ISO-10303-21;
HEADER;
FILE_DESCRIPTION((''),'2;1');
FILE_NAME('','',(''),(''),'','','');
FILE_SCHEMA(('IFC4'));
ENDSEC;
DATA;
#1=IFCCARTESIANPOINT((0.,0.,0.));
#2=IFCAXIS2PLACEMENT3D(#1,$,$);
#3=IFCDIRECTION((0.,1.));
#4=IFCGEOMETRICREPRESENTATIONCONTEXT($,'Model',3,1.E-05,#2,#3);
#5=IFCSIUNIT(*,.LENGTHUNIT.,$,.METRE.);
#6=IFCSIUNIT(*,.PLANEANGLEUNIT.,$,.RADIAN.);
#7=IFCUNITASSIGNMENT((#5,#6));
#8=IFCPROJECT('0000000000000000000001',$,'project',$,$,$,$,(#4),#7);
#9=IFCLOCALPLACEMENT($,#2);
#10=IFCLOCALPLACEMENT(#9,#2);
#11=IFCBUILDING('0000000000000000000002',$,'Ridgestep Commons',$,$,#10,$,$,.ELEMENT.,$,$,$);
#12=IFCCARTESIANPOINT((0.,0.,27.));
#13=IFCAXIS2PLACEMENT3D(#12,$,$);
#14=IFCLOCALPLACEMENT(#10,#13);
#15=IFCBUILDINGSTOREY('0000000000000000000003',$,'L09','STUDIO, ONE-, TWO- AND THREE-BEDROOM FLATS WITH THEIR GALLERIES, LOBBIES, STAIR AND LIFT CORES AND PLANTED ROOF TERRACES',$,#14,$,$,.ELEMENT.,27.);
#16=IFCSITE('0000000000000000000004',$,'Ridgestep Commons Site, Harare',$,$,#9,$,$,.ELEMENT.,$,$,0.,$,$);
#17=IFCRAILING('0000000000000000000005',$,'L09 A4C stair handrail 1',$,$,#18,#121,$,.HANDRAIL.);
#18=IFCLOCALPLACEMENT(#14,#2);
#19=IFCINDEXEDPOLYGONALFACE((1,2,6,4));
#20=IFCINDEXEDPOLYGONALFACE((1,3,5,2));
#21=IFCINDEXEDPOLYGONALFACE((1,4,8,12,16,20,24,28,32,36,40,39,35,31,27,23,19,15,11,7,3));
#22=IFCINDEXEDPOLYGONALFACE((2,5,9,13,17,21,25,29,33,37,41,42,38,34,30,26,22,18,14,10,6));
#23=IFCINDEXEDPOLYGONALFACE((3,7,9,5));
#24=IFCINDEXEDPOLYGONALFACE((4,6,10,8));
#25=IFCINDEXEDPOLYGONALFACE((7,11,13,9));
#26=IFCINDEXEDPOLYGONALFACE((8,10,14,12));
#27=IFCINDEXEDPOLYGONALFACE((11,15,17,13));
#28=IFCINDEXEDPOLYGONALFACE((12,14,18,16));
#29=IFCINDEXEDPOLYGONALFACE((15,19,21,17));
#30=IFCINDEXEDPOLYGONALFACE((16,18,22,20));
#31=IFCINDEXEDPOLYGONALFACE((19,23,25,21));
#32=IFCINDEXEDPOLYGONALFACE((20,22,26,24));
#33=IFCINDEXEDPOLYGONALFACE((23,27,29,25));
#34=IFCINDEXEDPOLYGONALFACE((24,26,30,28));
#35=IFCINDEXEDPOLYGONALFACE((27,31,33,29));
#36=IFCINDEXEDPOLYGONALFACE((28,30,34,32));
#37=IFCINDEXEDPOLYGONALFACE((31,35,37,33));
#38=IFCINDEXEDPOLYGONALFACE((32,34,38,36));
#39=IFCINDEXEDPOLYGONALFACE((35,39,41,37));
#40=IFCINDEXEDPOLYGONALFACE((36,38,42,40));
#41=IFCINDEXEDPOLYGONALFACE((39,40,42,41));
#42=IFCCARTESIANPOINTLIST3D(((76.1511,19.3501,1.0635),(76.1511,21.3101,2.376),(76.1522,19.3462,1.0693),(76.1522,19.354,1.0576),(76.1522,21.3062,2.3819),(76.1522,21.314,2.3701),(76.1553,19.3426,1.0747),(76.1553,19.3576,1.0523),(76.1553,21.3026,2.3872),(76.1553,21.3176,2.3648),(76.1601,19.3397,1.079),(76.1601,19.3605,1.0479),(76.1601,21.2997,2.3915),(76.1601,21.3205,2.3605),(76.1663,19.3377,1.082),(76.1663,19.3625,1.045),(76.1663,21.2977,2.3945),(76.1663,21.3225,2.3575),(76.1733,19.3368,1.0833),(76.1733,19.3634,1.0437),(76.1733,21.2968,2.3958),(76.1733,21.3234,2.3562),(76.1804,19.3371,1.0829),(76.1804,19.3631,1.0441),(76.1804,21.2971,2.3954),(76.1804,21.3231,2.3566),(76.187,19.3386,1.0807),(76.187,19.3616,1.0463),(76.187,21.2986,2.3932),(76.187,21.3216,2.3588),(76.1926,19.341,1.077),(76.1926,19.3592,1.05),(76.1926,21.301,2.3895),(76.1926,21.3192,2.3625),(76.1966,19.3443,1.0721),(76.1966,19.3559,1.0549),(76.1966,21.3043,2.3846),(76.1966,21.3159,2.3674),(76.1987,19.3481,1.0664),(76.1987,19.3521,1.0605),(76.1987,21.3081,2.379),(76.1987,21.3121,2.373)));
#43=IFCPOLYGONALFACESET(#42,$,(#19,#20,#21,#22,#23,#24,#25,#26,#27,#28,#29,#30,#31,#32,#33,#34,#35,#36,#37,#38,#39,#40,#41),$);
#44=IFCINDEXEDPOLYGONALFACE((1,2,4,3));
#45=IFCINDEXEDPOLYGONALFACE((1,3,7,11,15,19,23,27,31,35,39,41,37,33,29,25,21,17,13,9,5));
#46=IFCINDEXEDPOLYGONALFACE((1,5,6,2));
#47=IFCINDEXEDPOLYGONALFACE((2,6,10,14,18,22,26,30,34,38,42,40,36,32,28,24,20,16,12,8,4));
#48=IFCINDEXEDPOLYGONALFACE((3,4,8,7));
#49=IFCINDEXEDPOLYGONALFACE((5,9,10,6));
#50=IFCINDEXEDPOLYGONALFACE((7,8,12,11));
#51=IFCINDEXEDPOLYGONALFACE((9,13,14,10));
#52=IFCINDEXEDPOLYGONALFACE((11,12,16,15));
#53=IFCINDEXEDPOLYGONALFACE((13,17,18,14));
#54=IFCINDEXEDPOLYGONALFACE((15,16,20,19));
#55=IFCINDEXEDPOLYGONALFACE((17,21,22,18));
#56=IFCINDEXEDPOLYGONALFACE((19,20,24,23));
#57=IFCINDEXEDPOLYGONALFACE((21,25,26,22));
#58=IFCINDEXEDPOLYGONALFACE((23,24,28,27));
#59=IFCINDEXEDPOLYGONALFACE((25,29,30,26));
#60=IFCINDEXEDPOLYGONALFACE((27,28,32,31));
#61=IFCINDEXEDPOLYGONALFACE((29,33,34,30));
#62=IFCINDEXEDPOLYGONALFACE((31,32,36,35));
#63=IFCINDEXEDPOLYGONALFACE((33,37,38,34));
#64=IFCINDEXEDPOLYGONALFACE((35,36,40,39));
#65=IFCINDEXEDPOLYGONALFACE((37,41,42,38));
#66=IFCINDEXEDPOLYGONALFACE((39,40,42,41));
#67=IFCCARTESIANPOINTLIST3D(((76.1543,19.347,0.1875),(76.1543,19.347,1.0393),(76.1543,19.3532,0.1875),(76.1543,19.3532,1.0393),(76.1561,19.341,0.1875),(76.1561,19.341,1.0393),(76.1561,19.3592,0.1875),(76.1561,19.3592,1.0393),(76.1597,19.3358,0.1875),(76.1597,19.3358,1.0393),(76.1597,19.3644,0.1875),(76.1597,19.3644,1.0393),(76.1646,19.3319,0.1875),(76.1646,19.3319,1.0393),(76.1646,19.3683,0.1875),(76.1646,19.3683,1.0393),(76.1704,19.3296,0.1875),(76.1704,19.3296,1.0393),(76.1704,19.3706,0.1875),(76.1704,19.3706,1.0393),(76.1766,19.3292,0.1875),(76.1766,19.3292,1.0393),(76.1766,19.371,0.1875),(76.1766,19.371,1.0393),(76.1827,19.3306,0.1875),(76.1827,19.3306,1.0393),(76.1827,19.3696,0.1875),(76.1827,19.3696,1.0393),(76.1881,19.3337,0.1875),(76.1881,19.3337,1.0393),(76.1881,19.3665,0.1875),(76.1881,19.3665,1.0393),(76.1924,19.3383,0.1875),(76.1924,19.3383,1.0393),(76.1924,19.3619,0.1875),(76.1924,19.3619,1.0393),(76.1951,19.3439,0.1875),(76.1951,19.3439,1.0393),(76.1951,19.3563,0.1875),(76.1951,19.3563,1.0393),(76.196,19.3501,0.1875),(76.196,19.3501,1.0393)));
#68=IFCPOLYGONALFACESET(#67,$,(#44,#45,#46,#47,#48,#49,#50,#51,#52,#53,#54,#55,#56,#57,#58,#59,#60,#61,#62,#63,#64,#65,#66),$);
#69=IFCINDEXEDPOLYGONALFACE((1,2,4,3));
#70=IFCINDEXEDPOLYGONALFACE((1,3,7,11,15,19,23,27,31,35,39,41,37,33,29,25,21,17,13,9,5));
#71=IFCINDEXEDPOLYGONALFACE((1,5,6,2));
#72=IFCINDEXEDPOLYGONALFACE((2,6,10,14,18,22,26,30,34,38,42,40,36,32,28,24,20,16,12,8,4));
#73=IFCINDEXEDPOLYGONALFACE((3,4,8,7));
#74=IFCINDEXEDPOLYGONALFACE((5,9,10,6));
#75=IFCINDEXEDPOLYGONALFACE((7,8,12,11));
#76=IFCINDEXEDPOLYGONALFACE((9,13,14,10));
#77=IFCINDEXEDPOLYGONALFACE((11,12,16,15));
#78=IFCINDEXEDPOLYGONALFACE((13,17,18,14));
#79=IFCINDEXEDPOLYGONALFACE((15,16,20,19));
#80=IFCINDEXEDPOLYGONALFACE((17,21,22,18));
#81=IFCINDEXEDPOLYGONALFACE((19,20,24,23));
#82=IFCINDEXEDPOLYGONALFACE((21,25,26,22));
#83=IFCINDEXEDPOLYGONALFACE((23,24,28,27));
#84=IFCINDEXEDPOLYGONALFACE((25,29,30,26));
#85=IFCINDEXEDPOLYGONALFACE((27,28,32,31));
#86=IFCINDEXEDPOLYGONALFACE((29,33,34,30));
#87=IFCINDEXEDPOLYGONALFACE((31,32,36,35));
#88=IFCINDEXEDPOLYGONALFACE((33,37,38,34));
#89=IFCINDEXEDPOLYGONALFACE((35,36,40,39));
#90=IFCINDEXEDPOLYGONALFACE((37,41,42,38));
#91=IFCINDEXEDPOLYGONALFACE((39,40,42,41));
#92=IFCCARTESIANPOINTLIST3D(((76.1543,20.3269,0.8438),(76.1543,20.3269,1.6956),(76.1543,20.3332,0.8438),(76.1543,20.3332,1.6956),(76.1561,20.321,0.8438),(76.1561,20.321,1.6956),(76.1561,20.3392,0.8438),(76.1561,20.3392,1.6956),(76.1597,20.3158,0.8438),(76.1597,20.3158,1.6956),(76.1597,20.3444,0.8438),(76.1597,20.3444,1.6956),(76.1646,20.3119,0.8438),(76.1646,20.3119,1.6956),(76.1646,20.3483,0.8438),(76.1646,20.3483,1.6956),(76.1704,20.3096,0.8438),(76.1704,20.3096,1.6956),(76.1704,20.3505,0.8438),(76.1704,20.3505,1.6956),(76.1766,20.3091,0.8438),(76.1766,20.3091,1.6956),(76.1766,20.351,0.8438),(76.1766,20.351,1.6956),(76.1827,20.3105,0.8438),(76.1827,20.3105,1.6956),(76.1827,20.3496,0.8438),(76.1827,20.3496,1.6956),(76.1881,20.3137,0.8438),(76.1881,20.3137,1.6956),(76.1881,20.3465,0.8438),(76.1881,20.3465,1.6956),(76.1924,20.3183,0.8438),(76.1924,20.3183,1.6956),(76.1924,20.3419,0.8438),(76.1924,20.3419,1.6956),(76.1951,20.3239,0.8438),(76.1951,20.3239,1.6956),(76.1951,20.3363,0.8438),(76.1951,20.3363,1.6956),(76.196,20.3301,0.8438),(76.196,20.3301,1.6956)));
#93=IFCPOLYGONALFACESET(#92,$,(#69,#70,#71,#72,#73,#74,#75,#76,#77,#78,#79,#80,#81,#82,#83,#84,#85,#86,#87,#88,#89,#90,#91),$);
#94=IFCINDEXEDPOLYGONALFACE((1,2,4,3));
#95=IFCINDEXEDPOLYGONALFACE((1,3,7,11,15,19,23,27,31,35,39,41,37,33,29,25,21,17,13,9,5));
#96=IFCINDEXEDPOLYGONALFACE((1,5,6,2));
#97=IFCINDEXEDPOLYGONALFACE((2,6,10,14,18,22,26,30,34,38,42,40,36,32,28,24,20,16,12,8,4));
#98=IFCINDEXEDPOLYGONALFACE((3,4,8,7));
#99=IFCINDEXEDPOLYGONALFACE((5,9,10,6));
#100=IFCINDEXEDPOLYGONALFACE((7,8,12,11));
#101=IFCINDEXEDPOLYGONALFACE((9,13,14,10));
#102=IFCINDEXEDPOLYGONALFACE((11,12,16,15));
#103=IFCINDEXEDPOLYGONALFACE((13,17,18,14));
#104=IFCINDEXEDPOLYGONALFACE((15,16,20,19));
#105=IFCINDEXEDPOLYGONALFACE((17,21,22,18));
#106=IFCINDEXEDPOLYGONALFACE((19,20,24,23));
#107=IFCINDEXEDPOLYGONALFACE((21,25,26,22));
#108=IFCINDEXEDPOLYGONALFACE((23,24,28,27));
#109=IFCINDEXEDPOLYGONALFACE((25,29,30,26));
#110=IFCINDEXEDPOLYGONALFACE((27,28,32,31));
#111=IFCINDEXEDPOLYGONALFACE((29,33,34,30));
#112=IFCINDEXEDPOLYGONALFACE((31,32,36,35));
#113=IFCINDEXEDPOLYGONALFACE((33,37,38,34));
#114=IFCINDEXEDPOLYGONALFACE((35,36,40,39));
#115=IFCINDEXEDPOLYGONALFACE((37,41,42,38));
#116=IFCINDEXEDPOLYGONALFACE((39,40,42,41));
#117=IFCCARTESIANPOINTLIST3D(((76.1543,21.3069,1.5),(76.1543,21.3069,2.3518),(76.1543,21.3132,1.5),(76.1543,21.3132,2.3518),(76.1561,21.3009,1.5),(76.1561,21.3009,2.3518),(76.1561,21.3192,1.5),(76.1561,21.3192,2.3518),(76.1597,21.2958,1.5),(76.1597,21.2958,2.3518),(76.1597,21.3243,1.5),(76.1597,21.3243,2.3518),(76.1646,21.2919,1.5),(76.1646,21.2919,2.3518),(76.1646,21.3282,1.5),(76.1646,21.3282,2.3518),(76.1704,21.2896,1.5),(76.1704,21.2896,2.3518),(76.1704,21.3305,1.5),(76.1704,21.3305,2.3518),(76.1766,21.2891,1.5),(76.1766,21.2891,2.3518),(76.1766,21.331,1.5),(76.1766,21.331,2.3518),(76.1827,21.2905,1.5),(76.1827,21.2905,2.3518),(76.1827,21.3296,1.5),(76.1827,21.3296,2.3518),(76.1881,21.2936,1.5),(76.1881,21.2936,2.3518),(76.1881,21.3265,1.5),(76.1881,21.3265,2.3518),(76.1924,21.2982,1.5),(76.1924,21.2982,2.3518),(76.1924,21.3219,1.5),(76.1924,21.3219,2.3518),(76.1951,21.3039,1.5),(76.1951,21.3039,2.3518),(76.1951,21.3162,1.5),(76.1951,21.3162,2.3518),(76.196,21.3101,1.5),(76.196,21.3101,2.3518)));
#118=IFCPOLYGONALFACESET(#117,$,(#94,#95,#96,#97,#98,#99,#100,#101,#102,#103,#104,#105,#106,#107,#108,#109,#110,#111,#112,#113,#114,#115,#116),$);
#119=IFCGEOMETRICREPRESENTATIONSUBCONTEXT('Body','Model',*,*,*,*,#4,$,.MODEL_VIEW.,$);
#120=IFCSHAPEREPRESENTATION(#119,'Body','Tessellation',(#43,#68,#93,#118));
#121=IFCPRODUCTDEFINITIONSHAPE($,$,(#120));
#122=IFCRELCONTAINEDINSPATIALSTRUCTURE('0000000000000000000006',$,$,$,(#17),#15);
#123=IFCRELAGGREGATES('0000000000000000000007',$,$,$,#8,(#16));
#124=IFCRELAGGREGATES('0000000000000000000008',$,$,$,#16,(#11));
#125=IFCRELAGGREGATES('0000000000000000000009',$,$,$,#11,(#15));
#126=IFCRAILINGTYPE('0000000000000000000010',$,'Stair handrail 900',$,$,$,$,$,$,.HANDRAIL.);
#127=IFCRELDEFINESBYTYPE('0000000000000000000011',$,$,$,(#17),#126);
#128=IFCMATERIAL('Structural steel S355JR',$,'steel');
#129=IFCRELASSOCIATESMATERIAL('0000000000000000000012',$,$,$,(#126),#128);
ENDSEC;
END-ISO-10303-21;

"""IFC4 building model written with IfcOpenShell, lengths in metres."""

from ifc_helpers import new_model, si_unit, direction, frame, origin, origin_2d, place, context, subcontext, project, spatial, circle, extrude, material, type_object, element, save


model = new_model("IFC4")

# Units and contexts
model_context = context("Model", 3, precision=1e-05, world=origin(), true_north=direction((0.0, 1.0)))
body_context = subcontext(model_context, "Body", "Model", "MODEL_VIEW")
ifc_project = project(units=[si_unit("LENGTHUNIT", "METRE"), si_unit("PLANEANGLEUNIT", "RADIAN")], contexts=[model_context])

# Site, building, storey
site_placement = place(None, origin())
site = spatial("IfcSite", under=ifc_project, at=site_placement, Name="Ridgestep Commons Site, Harare", CompositionType="ELEMENT", RefElevation=0.0)
building_placement = place(site_placement, origin())
building = spatial("IfcBuilding", under=site, at=building_placement, Name="Ridgestep Commons", CompositionType="ELEMENT")
storey_placement = place(building_placement, frame((0.0, 0.0, 27.0)))
storey = spatial("IfcBuildingStorey", under=building, at=storey_placement, Name="L09", Description="STUDIO, ONE-, TWO- AND THREE-BEDROOM FLATS WITH THEIR GALLERIES, LOBBIES, STAIR AND LIFT CORES AND PLANTED ROOF TERRACES", CompositionType="ELEMENT", Elevation=27.0)

# Railing
ifc_material_1 = material(Name="Structural steel S355JR", Category="steel")
railing_type_1 = type_object("IfcRailingType", Name="Stair handrail 900", PredefinedType="HANDRAIL", material=ifc_material_1)
railing_1_placement = place(storey_placement, frame((76.175, 19.3501, 0.1875)))
element("IfcRailing", 1, at=railing_1_placement, inside=storey, type_object=railing_type_1, Name="L09 A4C stair handrail 1", PredefinedType="HANDRAIL", context=body_context, shape_type="SweptSolid", body=[
    extrude(circle(Radius=0.0239, at=origin_2d()), frame((0.0, 0.0, 0.876), z_axis=(0.0, 0.830902, 0.556419), x_axis=(-1.0, 0.0, 0.0)), (0.0, 0.0, 1.0), 2.3589),
    extrude(circle(Radius=0.021, at=origin_2d()), origin(), (0.0, 0.0, 1.0), 0.8518),
    extrude(circle(Radius=0.021, at=origin_2d()), frame((0.0, 0.98, 0.6562)), (0.0, 0.0, 1.0), 0.8518),
    extrude(circle(Radius=0.021, at=origin_2d()), frame((0.0, 1.96, 1.3125)), (0.0, 0.0, 1.0), 0.8518),
])

save(model, "model.ifc")
